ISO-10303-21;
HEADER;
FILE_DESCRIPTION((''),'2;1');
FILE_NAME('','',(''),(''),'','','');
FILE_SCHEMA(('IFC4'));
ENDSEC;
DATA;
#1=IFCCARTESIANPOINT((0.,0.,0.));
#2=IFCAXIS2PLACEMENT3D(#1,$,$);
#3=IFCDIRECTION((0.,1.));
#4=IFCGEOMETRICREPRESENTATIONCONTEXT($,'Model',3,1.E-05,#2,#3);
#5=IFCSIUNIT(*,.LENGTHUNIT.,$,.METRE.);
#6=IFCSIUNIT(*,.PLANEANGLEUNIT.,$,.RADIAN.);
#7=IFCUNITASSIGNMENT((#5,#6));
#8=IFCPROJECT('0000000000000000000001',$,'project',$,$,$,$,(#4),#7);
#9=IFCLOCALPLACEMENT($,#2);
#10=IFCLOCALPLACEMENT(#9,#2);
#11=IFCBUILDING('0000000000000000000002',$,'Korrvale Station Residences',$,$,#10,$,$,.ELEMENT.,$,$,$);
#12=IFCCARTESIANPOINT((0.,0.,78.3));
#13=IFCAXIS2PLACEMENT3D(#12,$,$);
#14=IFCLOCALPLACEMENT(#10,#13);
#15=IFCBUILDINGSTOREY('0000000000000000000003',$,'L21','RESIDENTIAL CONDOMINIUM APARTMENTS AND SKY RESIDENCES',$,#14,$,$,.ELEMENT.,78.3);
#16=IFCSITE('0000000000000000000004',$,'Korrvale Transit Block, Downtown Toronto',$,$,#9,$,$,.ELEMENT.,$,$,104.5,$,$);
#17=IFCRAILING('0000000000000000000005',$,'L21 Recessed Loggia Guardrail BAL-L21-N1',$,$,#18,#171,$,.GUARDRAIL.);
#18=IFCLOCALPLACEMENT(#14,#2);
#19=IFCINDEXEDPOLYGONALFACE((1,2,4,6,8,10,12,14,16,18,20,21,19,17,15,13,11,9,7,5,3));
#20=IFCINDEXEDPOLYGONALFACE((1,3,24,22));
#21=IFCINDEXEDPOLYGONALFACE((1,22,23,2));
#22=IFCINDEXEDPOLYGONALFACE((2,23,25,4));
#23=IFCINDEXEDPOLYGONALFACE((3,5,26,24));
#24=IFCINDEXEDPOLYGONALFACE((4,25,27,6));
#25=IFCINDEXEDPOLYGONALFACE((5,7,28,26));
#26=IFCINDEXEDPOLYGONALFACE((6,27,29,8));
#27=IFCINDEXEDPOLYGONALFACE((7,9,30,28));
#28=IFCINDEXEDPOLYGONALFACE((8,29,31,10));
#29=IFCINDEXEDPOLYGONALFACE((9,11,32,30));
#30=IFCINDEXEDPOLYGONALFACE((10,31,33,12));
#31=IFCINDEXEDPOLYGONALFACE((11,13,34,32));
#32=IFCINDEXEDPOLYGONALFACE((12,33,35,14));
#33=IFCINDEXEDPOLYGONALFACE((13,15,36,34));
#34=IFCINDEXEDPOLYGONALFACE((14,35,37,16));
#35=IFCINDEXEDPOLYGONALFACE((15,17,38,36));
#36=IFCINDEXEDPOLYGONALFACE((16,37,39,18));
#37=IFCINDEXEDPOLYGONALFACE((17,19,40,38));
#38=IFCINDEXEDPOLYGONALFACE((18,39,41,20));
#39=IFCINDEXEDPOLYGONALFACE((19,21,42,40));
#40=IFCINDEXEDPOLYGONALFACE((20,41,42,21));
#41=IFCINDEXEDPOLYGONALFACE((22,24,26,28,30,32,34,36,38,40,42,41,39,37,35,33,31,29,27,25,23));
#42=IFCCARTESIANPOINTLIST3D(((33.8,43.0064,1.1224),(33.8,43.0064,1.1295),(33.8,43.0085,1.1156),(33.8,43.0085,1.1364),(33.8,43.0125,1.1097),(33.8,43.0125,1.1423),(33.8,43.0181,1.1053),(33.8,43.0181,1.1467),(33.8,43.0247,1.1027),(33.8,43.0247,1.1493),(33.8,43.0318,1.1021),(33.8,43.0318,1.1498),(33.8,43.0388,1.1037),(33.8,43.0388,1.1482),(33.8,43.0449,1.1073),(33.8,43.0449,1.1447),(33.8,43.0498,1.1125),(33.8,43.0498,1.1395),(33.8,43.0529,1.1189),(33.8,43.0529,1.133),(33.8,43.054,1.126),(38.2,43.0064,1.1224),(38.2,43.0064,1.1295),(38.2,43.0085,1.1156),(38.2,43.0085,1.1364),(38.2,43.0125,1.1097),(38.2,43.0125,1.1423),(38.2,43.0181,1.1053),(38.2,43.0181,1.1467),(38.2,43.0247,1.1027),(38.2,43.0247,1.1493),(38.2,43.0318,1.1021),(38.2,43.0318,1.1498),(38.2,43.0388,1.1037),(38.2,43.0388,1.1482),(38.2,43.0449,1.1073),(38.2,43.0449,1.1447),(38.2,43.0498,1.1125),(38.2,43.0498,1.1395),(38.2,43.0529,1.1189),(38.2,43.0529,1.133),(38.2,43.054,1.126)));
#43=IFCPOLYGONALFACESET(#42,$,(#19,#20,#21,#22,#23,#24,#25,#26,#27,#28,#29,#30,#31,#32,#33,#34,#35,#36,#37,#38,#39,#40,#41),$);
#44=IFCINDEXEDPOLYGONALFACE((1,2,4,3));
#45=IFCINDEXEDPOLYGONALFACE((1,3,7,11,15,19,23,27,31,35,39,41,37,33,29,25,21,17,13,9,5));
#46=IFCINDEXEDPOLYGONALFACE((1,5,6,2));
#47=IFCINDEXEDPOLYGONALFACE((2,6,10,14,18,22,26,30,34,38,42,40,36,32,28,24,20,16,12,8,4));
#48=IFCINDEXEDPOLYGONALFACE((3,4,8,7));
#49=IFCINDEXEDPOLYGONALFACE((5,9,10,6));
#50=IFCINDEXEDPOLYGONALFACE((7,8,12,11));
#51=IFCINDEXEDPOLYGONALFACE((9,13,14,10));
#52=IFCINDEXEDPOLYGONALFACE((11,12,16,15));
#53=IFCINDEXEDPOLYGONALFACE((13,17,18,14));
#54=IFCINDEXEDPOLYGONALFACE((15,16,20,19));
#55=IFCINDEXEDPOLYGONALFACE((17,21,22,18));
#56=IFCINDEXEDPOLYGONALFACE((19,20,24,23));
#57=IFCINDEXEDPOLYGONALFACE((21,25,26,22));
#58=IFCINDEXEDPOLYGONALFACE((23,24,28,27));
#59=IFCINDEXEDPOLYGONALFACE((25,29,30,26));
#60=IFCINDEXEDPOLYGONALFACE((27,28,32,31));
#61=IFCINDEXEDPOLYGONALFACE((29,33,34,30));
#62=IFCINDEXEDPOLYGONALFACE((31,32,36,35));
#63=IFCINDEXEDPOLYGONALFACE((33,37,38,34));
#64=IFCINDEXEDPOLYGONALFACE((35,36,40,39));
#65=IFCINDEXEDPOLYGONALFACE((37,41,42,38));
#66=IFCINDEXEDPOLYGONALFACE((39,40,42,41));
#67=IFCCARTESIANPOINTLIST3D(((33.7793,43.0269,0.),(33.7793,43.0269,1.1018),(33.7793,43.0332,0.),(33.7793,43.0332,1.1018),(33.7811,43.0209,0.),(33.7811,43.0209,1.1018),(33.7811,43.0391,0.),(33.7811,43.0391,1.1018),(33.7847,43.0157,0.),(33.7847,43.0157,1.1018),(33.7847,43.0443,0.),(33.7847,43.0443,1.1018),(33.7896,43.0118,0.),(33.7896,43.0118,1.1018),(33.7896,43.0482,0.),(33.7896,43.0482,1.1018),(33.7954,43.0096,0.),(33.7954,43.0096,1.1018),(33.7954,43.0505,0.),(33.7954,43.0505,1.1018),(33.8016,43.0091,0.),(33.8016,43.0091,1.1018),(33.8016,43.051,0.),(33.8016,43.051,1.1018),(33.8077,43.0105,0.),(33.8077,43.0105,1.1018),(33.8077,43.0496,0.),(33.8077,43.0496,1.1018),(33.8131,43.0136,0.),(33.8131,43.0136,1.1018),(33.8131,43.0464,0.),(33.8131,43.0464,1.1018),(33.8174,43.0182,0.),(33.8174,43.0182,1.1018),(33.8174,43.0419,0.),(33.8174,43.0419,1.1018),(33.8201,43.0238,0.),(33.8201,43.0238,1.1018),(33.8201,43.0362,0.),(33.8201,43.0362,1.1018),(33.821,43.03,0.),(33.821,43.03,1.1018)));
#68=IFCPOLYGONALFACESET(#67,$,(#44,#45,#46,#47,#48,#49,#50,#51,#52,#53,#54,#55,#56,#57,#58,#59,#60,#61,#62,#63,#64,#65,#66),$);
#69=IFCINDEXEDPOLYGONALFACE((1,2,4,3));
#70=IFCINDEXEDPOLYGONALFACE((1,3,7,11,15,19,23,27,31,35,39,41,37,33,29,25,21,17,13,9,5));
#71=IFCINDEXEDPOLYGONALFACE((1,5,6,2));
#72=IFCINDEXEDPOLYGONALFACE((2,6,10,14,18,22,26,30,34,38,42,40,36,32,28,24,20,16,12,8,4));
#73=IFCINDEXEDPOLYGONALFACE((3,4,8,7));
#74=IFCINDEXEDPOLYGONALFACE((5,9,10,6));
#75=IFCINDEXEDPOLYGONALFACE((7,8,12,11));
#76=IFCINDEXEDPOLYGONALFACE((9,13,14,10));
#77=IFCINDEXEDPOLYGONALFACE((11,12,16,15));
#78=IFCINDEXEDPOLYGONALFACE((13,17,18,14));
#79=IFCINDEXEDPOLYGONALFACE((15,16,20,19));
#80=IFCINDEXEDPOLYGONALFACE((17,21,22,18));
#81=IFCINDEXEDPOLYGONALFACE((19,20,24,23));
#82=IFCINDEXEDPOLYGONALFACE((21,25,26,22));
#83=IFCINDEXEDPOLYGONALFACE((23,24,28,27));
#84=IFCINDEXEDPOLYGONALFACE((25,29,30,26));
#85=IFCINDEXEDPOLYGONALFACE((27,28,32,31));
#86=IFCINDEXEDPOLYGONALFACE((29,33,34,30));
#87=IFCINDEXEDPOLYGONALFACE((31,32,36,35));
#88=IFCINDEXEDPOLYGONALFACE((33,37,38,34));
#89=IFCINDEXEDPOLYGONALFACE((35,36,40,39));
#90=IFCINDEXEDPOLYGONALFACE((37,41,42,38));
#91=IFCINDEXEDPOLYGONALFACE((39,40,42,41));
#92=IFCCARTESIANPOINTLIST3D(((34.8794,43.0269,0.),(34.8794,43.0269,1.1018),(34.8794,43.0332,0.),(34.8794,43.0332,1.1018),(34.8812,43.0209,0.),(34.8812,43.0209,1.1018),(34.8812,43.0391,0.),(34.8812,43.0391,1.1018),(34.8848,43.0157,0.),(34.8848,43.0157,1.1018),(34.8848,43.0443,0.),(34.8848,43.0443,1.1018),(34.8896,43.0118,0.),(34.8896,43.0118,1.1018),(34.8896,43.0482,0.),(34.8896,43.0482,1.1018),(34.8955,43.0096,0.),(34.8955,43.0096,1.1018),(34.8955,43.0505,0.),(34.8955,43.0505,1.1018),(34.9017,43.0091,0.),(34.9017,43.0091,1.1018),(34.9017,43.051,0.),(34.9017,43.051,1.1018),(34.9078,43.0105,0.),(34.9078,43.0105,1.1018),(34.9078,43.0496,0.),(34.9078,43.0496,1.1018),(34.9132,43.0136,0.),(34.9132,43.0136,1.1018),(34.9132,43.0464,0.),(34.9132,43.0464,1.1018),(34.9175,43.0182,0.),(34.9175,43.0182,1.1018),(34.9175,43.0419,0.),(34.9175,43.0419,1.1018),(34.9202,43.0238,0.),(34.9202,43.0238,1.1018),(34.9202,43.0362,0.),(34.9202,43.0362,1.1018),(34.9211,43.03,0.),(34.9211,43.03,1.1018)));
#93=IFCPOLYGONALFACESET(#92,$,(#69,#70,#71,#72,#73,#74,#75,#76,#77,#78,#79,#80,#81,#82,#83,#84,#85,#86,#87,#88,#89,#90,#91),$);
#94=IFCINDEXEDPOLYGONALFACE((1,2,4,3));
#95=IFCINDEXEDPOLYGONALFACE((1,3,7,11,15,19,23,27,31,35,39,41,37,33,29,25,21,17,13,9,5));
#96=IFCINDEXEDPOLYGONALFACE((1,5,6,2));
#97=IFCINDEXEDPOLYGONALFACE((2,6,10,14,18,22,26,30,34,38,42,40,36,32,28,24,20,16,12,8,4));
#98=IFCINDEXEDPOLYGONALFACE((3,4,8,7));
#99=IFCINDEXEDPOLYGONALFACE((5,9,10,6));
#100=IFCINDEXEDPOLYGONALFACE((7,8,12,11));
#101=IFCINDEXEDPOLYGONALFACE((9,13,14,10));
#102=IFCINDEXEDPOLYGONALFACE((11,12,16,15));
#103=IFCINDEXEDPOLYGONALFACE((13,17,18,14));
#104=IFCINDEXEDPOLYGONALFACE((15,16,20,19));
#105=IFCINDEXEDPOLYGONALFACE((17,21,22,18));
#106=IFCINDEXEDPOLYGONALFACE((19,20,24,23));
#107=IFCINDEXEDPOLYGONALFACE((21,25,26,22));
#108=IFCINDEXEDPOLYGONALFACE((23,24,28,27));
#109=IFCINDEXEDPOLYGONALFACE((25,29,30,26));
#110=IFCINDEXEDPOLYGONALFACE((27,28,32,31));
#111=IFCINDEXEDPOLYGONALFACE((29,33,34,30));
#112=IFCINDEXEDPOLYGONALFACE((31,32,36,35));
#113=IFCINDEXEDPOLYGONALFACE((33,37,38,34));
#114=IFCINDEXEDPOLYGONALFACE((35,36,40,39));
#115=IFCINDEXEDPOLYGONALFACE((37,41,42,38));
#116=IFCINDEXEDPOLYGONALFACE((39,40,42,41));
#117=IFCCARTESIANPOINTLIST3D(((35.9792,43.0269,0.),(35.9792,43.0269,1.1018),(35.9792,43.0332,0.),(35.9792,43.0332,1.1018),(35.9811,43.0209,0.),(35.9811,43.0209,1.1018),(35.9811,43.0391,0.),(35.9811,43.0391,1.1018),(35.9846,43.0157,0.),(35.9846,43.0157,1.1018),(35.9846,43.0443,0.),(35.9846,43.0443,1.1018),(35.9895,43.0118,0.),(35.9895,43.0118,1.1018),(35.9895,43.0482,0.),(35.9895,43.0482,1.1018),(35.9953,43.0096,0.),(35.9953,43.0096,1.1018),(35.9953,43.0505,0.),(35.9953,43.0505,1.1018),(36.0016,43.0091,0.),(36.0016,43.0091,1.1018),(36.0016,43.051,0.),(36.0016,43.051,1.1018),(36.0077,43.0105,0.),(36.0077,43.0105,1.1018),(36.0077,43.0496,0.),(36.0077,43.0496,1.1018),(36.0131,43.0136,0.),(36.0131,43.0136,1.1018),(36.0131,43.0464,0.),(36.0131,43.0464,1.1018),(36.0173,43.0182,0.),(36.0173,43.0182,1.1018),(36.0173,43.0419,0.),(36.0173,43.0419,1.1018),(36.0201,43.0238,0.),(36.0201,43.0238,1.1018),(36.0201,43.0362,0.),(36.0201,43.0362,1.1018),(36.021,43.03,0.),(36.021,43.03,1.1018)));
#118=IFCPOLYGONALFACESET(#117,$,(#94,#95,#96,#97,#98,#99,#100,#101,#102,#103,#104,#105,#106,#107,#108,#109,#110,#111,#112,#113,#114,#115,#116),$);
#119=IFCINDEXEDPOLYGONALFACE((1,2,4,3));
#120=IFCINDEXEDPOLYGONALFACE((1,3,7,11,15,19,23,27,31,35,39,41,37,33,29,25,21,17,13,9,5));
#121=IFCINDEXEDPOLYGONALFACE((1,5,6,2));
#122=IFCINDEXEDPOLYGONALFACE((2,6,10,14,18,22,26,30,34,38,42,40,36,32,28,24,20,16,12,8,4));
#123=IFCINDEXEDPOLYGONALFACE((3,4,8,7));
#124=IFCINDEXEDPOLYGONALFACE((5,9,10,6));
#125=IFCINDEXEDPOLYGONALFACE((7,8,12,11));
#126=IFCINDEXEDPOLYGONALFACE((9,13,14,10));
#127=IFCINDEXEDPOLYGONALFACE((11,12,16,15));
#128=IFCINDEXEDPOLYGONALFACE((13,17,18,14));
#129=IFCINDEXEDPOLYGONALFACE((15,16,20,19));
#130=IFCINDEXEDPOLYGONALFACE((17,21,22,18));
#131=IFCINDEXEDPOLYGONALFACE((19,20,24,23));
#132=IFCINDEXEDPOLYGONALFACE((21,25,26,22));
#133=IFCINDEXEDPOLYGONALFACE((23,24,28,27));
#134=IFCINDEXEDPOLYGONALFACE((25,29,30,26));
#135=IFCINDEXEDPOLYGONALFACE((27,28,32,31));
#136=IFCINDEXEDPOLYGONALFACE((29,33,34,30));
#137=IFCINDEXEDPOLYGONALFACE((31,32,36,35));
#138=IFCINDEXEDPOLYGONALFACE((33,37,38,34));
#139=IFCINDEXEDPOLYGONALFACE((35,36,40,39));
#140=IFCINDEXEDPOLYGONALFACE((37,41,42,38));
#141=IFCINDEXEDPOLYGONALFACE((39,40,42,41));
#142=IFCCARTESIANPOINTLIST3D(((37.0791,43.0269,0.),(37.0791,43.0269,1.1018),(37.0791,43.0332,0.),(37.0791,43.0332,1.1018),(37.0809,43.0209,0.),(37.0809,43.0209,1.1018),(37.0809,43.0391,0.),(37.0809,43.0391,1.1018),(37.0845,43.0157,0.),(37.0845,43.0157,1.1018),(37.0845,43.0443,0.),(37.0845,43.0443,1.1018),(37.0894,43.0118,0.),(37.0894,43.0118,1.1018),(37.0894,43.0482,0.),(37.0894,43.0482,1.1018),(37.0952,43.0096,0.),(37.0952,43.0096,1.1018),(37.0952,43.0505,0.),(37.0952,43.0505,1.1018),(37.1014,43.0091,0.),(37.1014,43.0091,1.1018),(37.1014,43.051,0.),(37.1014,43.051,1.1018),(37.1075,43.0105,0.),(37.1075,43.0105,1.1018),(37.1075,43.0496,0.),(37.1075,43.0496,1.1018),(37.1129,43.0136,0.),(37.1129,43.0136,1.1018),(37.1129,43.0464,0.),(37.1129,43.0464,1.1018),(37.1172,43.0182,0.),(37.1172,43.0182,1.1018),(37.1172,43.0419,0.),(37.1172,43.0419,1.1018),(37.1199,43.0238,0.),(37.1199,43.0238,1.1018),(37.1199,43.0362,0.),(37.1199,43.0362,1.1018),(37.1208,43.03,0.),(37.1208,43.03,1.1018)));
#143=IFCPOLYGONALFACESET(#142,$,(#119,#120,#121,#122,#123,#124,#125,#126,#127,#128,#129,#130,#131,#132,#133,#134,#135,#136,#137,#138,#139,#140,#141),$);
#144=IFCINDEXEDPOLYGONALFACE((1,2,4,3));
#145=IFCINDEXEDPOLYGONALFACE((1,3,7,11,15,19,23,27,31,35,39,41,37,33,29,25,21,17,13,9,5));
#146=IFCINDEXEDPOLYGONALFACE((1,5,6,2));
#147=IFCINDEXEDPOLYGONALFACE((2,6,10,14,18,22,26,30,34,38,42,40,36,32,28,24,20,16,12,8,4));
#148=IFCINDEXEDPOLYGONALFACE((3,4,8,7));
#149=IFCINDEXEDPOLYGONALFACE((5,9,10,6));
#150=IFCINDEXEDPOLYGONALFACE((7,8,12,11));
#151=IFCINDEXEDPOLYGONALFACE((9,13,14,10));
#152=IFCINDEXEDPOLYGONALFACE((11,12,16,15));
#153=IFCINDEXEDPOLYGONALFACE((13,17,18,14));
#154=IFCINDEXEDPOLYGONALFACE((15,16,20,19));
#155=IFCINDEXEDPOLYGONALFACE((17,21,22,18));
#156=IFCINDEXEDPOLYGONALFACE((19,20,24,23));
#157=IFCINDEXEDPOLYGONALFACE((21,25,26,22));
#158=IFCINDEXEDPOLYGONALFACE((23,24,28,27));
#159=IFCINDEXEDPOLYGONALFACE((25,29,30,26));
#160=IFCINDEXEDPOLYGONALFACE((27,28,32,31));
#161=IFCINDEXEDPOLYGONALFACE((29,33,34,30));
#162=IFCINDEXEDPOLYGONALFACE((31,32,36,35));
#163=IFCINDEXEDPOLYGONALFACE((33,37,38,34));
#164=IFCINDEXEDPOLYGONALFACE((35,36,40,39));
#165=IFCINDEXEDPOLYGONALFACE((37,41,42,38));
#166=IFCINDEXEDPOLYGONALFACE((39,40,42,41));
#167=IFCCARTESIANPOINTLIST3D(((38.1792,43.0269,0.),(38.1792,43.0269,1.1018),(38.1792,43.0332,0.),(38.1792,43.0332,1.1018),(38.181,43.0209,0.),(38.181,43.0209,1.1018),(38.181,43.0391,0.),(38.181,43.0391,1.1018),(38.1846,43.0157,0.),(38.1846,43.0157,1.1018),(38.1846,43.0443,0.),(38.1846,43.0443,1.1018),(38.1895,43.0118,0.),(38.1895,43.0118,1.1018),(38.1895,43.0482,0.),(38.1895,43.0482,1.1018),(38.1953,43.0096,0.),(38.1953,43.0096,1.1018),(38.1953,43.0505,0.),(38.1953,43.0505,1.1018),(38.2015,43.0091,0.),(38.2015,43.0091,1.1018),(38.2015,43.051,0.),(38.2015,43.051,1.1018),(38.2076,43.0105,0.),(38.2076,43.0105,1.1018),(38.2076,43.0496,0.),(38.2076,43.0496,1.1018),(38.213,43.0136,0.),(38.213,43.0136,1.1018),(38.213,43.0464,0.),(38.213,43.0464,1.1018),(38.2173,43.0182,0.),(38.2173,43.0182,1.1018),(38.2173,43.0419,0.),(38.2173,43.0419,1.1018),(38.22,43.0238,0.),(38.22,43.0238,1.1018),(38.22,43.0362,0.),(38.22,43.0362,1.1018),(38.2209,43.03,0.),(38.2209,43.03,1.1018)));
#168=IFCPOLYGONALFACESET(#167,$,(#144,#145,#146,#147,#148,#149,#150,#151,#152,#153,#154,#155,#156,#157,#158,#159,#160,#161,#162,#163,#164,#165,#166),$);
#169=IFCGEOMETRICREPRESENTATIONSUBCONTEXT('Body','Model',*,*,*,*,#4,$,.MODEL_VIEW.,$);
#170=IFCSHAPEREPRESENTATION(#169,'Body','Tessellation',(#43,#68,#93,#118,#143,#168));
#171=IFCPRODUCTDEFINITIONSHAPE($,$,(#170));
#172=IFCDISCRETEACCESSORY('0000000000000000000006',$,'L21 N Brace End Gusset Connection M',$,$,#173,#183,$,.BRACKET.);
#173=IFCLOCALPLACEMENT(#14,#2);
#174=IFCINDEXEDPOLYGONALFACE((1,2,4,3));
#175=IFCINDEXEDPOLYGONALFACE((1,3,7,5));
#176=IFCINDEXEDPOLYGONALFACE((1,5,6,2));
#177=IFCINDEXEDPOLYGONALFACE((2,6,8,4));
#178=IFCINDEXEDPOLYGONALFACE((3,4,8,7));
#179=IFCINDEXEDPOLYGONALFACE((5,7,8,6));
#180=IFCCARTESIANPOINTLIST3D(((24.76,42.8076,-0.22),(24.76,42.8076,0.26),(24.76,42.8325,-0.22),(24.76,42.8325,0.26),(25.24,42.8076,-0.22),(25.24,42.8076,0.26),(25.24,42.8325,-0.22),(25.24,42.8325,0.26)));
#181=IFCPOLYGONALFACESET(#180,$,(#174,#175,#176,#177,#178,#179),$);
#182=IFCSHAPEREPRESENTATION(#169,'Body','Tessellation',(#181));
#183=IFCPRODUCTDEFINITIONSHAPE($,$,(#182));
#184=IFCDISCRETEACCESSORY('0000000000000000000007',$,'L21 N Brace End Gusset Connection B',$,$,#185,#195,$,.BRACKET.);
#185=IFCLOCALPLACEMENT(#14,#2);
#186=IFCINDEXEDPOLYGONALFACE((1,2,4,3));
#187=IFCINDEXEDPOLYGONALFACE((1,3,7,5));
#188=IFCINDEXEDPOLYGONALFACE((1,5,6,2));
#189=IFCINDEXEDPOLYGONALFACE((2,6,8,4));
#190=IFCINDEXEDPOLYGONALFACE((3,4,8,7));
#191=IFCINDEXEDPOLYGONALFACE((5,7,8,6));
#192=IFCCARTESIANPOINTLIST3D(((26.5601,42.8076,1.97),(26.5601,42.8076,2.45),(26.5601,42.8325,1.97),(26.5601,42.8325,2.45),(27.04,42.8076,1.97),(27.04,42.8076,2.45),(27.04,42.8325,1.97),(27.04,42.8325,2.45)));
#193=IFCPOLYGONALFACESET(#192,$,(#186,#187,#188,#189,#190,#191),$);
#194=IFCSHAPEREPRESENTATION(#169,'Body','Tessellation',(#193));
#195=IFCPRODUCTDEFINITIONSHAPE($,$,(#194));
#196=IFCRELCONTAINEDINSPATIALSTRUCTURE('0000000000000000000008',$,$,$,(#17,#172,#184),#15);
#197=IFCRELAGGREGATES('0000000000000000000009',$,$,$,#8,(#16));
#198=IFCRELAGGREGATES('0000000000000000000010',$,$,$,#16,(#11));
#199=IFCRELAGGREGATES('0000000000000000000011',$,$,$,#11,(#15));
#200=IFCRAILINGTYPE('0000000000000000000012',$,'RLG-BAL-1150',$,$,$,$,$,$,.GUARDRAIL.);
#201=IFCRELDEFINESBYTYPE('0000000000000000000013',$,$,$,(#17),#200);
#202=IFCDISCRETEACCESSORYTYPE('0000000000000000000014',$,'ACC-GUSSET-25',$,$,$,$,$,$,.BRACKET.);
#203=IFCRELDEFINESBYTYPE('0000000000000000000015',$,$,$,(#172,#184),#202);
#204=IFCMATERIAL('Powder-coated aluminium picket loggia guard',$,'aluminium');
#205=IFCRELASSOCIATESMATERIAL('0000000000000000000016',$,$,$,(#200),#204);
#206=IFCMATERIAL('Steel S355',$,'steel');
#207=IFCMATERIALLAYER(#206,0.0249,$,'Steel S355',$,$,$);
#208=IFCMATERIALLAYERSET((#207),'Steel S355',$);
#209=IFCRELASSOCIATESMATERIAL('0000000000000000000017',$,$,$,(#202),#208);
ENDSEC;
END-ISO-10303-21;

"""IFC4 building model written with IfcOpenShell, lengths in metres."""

from ifc_helpers import new_model, si_unit, direction, frame, origin, origin_2d, place, context, subcontext, project, spatial, rectangle, circle, extrude, material, layer, layer_set, type_object, element, save


model = new_model("IFC4")

# Units and contexts
model_context = context("Model", 3, precision=1e-05, world=origin(), true_north=direction((0.0, 1.0)))
body_context = subcontext(model_context, "Body", "Model", "MODEL_VIEW")
ifc_project = project(units=[si_unit("LENGTHUNIT", "METRE"), si_unit("PLANEANGLEUNIT", "RADIAN")], contexts=[model_context])

# Site, building, storey
site_placement = place(None, origin())
site = spatial("IfcSite", under=ifc_project, at=site_placement, Name="Korrvale Transit Block, Downtown Toronto", CompositionType="ELEMENT", RefElevation=104.5)
building_placement = place(site_placement, origin())
building = spatial("IfcBuilding", under=site, at=building_placement, Name="Korrvale Station Residences", CompositionType="ELEMENT")
storey_placement = place(building_placement, frame((0.0, 0.0, 78.3)))
storey = spatial("IfcBuildingStorey", under=building, at=storey_placement, Name="L21", Description="RESIDENTIAL CONDOMINIUM APARTMENTS AND SKY RESIDENCES", CompositionType="ELEMENT", Elevation=78.3)

# Shared definitions
ifc_material_1 = material(Name="Steel S355", Category="steel")

# Railing
ifc_material_2 = material(Name="Powder-coated aluminium picket loggia guard", Category="aluminium")
railing_type = type_object("IfcRailingType", Name="RLG-BAL-1150", PredefinedType="GUARDRAIL", material=ifc_material_2)
railing_placement = place(storey_placement, frame((33.8, 43.03, 0.0)))
element("IfcRailing", 1, at=railing_placement, inside=storey, type_object=railing_type, Name="L21 Recessed Loggia Guardrail BAL-L21-N1", PredefinedType="GUARDRAIL", context=body_context, shape_type="SweptSolid", body=[
    extrude(circle(Radius=0.0239, at=origin_2d()), frame((0.0, 0.0, 1.126), z_axis=(1.0, 0.0, 0.0), x_axis=(0.0, 1.0, 0.0)), (0.0, 0.0, 1.0), 4.3999),
    extrude(circle(Radius=0.021, at=origin_2d()), origin(), (0.0, 0.0, 1.0), 1.1018),
    extrude(circle(Radius=0.021, at=origin_2d()), frame((1.1001, 0.0, 0.0)), (0.0, 0.0, 1.0), 1.1018),
    extrude(circle(Radius=0.021, at=origin_2d()), frame((2.2, 0.0, 0.0)), (0.0, 0.0, 1.0), 1.1018),
    extrude(circle(Radius=0.021, at=origin_2d()), frame((3.2998, 0.0, 0.0)), (0.0, 0.0, 1.0), 1.1018),
    extrude(circle(Radius=0.021, at=origin_2d()), frame((4.3999, 0.0, 0.0)), (0.0, 0.0, 1.0), 1.1018),
])

# Discrete accessories
ifc_layer_1 = layer(ifc_material_1, 0.0249, Name="Steel S355")
ifc_layer_set_1 = layer_set([ifc_layer_1], Name="Steel S355")
discrete_accessory_type = type_object("IfcDiscreteAccessoryType", Name="ACC-GUSSET-25", PredefinedType="BRACKET", material=ifc_layer_set_1)
for number, where, z_axis, x_axis, name in (
    (2, (25.0, 42.8201, -0.22), (0.0, 0.0, 1.0), (1.0, 0.0, 0.0), "L21 N Brace End Gusset Connection M"),
    (3, (26.8, 42.8201, 1.97), (0.0, 0.0, 1.0), (1.0, 0.0, 0.0), "L21 N Brace End Gusset Connection B"),
):
    element("IfcDiscreteAccessory", number, at=place(storey_placement, frame(where, z_axis=z_axis, x_axis=x_axis)), inside=storey, type_object=discrete_accessory_type, Name=name, PredefinedType="BRACKET", context=body_context, shape_type="SweptSolid", body=[
        extrude(rectangle(XDim=0.48, YDim=0.0249, at=origin_2d()), origin(), (0.0, 0.0, 1.0), 0.48),
    ])

save(model, "model.ifc")
